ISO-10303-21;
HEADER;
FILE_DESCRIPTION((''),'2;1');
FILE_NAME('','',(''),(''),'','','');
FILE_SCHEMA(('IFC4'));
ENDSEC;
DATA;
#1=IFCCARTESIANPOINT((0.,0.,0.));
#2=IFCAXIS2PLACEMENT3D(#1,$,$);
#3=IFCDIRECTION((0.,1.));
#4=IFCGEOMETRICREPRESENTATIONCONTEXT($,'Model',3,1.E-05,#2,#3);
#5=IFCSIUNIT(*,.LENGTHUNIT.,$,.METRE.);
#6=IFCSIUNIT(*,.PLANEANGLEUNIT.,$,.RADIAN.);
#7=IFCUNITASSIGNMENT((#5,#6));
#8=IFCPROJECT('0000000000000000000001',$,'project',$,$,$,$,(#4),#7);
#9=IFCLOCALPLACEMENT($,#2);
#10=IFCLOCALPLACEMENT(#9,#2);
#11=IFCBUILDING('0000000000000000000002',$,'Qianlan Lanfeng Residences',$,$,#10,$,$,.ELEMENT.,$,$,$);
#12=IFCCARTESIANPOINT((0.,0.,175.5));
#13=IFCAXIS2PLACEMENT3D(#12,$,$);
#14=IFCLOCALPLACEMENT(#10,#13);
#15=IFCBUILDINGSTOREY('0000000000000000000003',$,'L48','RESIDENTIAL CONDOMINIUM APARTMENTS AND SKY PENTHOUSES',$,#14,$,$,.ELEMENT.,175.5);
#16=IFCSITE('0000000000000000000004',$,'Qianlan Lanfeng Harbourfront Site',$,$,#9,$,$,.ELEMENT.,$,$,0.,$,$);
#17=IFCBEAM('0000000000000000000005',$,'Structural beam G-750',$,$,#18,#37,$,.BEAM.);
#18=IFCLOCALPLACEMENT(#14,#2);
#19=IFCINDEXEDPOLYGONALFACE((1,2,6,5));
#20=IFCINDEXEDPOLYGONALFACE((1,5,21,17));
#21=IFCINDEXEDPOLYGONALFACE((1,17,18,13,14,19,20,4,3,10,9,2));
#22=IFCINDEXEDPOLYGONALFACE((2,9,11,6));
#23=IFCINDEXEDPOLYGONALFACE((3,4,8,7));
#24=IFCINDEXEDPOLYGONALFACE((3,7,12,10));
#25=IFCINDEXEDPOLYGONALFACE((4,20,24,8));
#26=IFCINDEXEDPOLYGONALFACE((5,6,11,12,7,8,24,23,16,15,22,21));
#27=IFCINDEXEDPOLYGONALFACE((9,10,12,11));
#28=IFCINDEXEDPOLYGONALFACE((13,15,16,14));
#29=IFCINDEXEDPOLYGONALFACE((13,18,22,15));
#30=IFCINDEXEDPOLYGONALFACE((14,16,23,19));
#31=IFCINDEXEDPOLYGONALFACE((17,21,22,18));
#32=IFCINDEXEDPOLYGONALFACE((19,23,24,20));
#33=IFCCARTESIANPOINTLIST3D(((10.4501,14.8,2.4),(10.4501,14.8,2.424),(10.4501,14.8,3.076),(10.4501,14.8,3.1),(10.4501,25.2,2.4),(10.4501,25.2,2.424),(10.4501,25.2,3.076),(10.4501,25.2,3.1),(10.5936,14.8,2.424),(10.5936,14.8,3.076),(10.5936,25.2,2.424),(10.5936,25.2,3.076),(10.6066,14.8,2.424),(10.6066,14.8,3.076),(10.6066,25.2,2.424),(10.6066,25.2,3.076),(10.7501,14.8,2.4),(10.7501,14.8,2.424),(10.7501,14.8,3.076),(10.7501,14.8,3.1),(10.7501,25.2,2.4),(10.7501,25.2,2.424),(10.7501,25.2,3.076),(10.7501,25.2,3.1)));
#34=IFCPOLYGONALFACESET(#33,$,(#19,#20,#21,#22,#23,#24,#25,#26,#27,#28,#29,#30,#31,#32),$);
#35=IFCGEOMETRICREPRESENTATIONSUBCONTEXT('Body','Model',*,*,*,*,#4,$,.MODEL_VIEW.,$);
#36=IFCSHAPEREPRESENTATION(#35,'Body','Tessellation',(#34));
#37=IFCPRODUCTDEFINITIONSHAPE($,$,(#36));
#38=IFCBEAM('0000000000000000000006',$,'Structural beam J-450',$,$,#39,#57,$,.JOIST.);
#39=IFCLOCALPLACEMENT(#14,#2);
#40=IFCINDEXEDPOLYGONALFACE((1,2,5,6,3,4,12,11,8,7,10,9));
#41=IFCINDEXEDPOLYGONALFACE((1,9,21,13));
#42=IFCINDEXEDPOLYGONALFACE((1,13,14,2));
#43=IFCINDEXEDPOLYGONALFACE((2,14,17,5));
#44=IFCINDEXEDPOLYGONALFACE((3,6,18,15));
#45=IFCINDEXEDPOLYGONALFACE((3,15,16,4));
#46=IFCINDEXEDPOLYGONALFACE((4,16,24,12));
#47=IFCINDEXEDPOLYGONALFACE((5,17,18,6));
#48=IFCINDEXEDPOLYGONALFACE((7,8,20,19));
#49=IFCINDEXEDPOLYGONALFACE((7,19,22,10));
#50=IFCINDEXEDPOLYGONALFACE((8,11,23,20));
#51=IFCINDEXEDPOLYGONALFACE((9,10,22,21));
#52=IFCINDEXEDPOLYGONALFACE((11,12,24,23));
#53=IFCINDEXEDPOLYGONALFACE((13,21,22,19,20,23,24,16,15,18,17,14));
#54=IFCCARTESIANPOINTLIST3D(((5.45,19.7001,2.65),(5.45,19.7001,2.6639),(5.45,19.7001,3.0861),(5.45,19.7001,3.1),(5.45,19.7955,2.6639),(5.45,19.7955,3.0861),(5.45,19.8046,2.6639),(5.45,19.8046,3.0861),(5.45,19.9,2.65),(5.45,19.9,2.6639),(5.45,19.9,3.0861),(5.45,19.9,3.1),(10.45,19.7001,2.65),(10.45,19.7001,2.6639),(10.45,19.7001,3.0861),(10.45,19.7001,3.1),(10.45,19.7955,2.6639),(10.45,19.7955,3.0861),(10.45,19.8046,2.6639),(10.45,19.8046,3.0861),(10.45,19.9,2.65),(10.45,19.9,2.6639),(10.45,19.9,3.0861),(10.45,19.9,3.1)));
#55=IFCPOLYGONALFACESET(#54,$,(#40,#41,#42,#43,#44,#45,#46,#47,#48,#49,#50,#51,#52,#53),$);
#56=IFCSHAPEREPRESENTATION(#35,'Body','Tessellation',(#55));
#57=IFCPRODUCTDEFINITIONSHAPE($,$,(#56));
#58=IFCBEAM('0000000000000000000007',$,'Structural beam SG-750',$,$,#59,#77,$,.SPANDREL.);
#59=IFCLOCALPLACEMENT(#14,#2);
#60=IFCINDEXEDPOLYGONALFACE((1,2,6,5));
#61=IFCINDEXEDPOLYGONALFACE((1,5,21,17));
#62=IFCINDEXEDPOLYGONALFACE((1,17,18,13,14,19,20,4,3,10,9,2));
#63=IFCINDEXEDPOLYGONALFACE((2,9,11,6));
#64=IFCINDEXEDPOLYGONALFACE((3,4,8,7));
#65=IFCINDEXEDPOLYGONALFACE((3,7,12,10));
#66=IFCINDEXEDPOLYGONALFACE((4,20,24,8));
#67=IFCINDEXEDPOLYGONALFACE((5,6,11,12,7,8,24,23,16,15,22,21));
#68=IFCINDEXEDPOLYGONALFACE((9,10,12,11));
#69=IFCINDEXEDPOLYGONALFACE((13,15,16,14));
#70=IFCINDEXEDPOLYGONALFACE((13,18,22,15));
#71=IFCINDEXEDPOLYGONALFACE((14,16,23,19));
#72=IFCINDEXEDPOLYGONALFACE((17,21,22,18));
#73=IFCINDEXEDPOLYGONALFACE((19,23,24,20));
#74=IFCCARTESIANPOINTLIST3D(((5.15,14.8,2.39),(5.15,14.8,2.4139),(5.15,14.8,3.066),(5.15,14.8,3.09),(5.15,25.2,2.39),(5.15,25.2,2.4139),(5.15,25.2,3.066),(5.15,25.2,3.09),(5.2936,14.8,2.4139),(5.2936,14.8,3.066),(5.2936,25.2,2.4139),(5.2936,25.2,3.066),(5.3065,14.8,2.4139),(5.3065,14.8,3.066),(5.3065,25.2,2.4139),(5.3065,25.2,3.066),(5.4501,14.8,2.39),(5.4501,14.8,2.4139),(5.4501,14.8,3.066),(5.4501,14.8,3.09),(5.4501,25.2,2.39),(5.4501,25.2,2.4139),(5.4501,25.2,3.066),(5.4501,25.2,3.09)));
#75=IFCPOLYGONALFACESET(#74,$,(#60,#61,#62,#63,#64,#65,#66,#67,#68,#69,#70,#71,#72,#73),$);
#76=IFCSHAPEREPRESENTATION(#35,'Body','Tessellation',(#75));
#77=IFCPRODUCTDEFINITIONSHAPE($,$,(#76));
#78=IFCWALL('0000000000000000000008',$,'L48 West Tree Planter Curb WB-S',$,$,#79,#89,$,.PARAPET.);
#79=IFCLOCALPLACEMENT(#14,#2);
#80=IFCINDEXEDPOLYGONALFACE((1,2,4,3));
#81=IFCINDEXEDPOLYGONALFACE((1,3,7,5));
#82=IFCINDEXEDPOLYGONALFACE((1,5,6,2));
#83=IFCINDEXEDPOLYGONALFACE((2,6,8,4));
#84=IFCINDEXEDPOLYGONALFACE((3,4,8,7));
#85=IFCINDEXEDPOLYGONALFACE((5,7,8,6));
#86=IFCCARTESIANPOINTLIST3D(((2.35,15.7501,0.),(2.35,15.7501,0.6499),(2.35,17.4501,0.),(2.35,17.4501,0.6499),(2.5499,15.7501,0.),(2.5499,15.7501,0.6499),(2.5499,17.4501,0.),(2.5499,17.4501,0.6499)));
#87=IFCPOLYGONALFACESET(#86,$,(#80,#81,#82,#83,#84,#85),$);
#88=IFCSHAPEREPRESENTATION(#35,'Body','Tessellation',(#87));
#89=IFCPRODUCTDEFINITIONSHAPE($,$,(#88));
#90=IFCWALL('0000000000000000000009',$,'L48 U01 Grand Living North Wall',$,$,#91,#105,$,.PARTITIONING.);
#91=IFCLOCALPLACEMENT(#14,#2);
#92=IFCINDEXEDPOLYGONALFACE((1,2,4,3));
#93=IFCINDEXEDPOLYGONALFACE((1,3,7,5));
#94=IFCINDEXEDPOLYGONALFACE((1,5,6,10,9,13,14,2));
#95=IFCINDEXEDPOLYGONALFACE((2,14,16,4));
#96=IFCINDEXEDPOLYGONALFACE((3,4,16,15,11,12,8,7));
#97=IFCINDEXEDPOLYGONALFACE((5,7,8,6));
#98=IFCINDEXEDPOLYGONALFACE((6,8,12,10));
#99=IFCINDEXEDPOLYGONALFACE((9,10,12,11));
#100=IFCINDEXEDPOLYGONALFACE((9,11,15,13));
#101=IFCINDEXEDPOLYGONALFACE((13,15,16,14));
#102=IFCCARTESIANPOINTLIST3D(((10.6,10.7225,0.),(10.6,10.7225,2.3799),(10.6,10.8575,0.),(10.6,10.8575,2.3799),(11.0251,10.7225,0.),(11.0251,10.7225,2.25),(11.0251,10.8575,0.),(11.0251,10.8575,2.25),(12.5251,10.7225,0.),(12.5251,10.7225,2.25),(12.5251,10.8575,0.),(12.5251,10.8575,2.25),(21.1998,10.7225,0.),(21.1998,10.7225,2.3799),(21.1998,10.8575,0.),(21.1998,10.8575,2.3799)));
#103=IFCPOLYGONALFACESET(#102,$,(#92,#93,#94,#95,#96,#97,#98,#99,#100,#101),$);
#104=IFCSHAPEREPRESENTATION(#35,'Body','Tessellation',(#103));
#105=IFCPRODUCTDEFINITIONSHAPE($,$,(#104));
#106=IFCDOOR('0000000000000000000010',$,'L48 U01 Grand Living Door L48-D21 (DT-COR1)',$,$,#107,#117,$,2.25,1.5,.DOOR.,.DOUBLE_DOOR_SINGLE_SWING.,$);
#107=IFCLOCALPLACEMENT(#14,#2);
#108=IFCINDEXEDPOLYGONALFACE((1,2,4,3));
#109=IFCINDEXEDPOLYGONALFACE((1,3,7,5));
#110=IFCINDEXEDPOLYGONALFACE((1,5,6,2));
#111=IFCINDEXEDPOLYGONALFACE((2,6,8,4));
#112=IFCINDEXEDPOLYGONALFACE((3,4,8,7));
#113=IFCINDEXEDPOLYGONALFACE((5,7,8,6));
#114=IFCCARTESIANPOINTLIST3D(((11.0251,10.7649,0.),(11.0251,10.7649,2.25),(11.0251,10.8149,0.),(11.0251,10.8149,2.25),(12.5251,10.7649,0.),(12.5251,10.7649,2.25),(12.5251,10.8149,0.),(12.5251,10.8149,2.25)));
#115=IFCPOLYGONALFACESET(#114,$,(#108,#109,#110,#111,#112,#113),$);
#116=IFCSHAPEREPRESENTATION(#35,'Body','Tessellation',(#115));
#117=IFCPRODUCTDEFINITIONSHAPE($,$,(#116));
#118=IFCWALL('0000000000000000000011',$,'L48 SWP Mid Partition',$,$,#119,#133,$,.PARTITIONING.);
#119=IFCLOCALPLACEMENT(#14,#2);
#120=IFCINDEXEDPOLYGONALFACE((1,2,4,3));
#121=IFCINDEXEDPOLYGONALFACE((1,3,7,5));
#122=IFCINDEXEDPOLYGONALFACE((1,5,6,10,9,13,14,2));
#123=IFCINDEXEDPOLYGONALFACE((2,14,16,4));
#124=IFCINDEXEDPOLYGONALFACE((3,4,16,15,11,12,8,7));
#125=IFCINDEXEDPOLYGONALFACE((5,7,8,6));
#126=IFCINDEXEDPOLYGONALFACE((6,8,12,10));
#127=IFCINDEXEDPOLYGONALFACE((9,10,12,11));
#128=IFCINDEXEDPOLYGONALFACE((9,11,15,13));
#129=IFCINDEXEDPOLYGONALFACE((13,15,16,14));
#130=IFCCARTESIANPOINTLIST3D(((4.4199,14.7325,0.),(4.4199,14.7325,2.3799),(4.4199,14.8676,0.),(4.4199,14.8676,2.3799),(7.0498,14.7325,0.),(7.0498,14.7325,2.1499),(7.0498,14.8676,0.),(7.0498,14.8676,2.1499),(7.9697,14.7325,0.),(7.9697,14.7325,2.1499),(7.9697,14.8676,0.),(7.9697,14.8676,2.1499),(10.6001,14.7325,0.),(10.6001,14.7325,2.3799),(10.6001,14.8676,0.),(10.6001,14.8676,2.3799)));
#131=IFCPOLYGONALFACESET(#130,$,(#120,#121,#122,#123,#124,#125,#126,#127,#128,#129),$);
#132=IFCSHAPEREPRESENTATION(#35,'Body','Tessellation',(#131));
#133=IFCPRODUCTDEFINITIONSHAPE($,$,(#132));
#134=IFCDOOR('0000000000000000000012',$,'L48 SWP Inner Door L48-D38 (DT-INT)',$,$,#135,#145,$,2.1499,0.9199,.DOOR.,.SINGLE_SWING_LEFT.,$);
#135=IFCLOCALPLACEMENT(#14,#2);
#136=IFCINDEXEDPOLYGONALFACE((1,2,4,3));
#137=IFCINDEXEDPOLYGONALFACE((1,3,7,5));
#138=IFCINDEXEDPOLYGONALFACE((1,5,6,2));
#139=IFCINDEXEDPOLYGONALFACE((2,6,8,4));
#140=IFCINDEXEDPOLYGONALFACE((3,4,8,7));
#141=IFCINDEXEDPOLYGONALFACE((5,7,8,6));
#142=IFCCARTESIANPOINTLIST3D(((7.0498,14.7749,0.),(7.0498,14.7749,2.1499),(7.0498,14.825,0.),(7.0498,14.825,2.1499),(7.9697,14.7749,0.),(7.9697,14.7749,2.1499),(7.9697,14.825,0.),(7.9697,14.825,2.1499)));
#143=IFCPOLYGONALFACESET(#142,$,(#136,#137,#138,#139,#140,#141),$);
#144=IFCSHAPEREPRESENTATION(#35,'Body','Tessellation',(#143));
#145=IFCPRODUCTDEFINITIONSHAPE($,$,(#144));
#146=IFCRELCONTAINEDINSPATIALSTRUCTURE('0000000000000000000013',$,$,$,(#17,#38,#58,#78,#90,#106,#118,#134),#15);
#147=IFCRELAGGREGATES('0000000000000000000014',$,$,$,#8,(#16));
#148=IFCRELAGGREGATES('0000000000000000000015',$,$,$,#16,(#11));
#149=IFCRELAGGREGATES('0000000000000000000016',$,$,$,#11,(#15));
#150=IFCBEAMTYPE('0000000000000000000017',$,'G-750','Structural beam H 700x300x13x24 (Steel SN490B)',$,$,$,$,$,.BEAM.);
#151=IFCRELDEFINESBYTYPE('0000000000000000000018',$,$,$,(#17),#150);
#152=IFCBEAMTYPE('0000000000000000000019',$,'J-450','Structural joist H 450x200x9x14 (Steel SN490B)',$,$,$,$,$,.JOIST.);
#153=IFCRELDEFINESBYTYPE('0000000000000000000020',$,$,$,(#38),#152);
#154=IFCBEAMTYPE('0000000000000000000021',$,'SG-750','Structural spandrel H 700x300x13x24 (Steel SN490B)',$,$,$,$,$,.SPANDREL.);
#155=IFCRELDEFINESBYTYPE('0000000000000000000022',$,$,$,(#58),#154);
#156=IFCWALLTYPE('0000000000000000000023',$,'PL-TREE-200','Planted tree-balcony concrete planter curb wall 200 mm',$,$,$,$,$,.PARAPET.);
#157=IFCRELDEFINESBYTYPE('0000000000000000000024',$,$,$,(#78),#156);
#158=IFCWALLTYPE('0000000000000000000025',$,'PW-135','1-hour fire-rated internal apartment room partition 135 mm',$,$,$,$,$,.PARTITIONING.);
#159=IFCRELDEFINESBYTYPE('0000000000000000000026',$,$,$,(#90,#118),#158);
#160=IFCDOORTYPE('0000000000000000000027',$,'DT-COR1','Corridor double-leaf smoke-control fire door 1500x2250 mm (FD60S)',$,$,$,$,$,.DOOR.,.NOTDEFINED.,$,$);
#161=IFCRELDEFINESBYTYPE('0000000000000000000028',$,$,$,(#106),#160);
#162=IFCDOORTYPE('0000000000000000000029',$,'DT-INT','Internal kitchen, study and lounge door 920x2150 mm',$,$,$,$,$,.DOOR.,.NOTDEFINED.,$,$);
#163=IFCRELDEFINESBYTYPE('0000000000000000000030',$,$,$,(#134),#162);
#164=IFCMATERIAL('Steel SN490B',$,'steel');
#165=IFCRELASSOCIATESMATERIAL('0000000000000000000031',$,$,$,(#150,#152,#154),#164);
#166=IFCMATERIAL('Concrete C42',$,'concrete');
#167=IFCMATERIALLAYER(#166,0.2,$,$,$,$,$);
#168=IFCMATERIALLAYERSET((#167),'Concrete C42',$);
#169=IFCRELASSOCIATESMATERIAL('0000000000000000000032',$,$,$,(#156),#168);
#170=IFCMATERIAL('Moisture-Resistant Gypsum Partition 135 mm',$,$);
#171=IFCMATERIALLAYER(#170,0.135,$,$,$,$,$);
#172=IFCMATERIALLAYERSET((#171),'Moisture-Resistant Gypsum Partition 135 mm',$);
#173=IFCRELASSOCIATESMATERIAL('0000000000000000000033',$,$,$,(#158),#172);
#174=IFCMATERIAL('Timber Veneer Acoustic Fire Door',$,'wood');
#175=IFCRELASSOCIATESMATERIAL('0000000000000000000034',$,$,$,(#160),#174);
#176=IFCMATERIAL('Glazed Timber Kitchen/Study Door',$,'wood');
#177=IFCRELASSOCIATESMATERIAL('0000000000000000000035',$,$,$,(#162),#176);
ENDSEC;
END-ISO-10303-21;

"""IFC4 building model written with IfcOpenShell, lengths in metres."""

from ifc_helpers import new_model, si_unit, direction, frame, frame_2d, origin, origin_2d, place, context, subcontext, project, spatial, rectangle, i_section, extrude, material, layer, layer_set, material_profile, profile_set, type_object, element, fill, save


model = new_model("IFC4")

# Units and contexts
model_context = context("Model", 3, precision=1e-05, world=origin(), true_north=direction((0.0, 1.0)))
body_context = subcontext(model_context, "Body", "Model", "MODEL_VIEW")
ifc_project = project(units=[si_unit("LENGTHUNIT", "METRE"), si_unit("PLANEANGLEUNIT", "RADIAN")], contexts=[model_context])

# Site, building, storey
site_placement = place(None, origin())
site = spatial("IfcSite", under=ifc_project, at=site_placement, Name="Qianlan Lanfeng Harbourfront Site", CompositionType="ELEMENT", RefElevation=0.0)
building_placement = place(site_placement, origin())
building = spatial("IfcBuilding", under=site, at=building_placement, Name="Qianlan Lanfeng Residences", CompositionType="ELEMENT")
storey_placement = place(building_placement, frame((0.0, 0.0, 175.5)))
storey = spatial("IfcBuildingStorey", under=building, at=storey_placement, Name="L48", Description="RESIDENTIAL CONDOMINIUM APARTMENTS AND SKY PENTHOUSES", CompositionType="ELEMENT", Elevation=175.5)

# Shared definitions
ifc_material_1 = material(Name="Steel SN490B", Category="steel")

# Beams
ifc_material_profile_1 = material_profile(ifc_material_1, i_section(OverallWidth=0.3, OverallDepth=0.7, WebThickness=0.0129, FlangeThickness=0.0239, at=origin_2d()), Name="H 700x300x13x24")
ifc_profile_set_1 = profile_set([ifc_material_profile_1], Name="Steel SN490B")
beam_type_1 = type_object("IfcBeamType", Name="G-750", Description="Structural beam H 700x300x13x24 (Steel SN490B)", PredefinedType="BEAM", material=ifc_profile_set_1)
beam_1_placement = place(storey_placement, frame((10.6001, 14.8, 2.75), z_axis=(0.0, 1.0, 0.0), x_axis=(-1.0, 0.0, 0.0)))
element("IfcBeam", 1, at=beam_1_placement, inside=storey, type_object=beam_type_1, Name="Structural beam G-750", PredefinedType="BEAM", context=body_context, shape_type="SweptSolid", body=[
    extrude(i_section(OverallWidth=0.3, OverallDepth=0.7, WebThickness=0.0129, FlangeThickness=0.0239, at=origin_2d()), origin(), (0.0, 0.0, 1.0), 10.3999),
])
ifc_material_profile_2 = material_profile(ifc_material_1, i_section(OverallWidth=0.2, OverallDepth=0.45, WebThickness=0.009, FlangeThickness=0.0139, at=origin_2d()), Name="H 450x200x9x14")
ifc_profile_set_2 = profile_set([ifc_material_profile_2], Name="Steel SN490B")
beam_type_2 = type_object("IfcBeamType", Name="J-450", Description="Structural joist H 450x200x9x14 (Steel SN490B)", PredefinedType="JOIST", material=ifc_profile_set_2)
beam_2_placement = place(storey_placement, frame((5.45, 19.8, 2.875), z_axis=(1.0, 0.0, 0.0), x_axis=(0.0, 1.0, 0.0)))
element("IfcBeam", 2, at=beam_2_placement, inside=storey, type_object=beam_type_2, Name="Structural beam J-450", PredefinedType="JOIST", context=body_context, shape_type="SweptSolid", body=[
    extrude(i_section(OverallWidth=0.2, OverallDepth=0.45, WebThickness=0.009, FlangeThickness=0.0139, at=origin_2d()), origin(), (0.0, 0.0, 1.0), 5.0),
])
ifc_material_profile_3 = material_profile(ifc_material_1, i_section(OverallWidth=0.3, OverallDepth=0.7, WebThickness=0.0129, FlangeThickness=0.0239, at=origin_2d()), Name="H 700x300x13x24")
ifc_profile_set_3 = profile_set([ifc_material_profile_3], Name="Steel SN490B")
beam_type_3 = type_object("IfcBeamType", Name="SG-750", Description="Structural spandrel H 700x300x13x24 (Steel SN490B)", PredefinedType="SPANDREL", material=ifc_profile_set_3)
beam_3_placement = place(storey_placement, frame((5.3, 14.8, 2.74), z_axis=(0.0, 1.0, 0.0), x_axis=(-1.0, 0.0, 0.0)))
element("IfcBeam", 3, at=beam_3_placement, inside=storey, type_object=beam_type_3, Name="Structural beam SG-750", PredefinedType="SPANDREL", context=body_context, shape_type="SweptSolid", body=[
    extrude(i_section(OverallWidth=0.3, OverallDepth=0.7, WebThickness=0.0129, FlangeThickness=0.0239, at=origin_2d()), origin(), (0.0, 0.0, 1.0), 10.3999),
])

# Wall
ifc_material_2 = material(Name="Concrete C42", Category="concrete")
ifc_layer_1 = layer(ifc_material_2, 0.2)
ifc_layer_set_1 = layer_set([ifc_layer_1], Name="Concrete C42")
wall_type_1 = type_object("IfcWallType", Name="PL-TREE-200", Description="Planted tree-balcony concrete planter curb wall 200 mm", PredefinedType="PARAPET", material=ifc_layer_set_1)
wall_1_placement = place(storey_placement, frame((2.45, 15.75, 0.0), z_axis=(0.0, 0.0, 1.0), x_axis=(0.0, 1.0, 0.0)))
element("IfcWall", 4, at=wall_1_placement, inside=storey, type_object=wall_type_1, Name="L48 West Tree Planter Curb WB-S", PredefinedType="PARAPET", context=body_context, shape_type="SweptSolid", body=[
    extrude(rectangle(XDim=1.7, YDim=0.2, at=frame_2d((0.8501, 0.0))), origin(), (0.0, 0.0, 1.0), 0.6499),
])

# Walls, openings, doors
ifc_material_3 = material(Name="Moisture-Resistant Gypsum Partition 135 mm")
ifc_layer_2 = layer(ifc_material_3, 0.135)
ifc_layer_set_2 = layer_set([ifc_layer_2], Name="Moisture-Resistant Gypsum Partition 135 mm")
wall_type_2 = type_object("IfcWallType", Name="PW-135", Description="1-hour fire-rated internal apartment room partition 135 mm", PredefinedType="PARTITIONING", material=ifc_layer_set_2)
wall_2_placement = place(storey_placement, frame((10.6001, 10.79, 0.0), z_axis=(0.0, 0.0, 1.0), x_axis=(1.0, 0.0, 0.0)))
wall_2 = element("IfcWall", 5, at=wall_2_placement, inside=storey, type_object=wall_type_2, Name="L48 U01 Grand Living North Wall", PredefinedType="PARTITIONING", context=body_context, shape_type="SweptSolid", body=[
    extrude(rectangle(XDim=10.5999, YDim=0.135, at=frame_2d((5.2998, 0.0))), origin(), (0.0, 0.0, 1.0), 2.3799),
])
opening_1_placement = place(wall_2_placement, frame((0.425, 0.0, 0.0)))
opening_1 = element("IfcOpeningElement", 6, at=opening_1_placement, cuts=wall_2, PredefinedType="OPENING", context=body_context, shape_type="SweptSolid", body=[
    extrude(rectangle(XDim=1.5, YDim=2.25, at=frame_2d((0.75, 1.125))), frame((0.0, 0.0776, 0.0), z_axis=(0.0, -1.0, 0.0), x_axis=(1.0, 0.0, 0.0)), (0.0, 0.0, 1.0), 0.155),
])
ifc_material_4 = material(Name="Timber Veneer Acoustic Fire Door", Category="wood")
door_type_1 = type_object("IfcDoorType", Name="DT-COR1", Description="Corridor double-leaf smoke-control fire door 1500x2250 mm (FD60S)", OperationType="NOTDEFINED", PredefinedType="DOOR", material=ifc_material_4)
door_1_placement = place(opening_1_placement, origin())
door_1 = element("IfcDoor", 7, at=door_1_placement, inside=storey, type_object=door_type_1, Name="L48 U01 Grand Living Door L48-D21 (DT-COR1)", OperationType="DOUBLE_DOOR_SINGLE_SWING", OverallHeight=2.25, OverallWidth=1.5, PredefinedType="DOOR", context=body_context, shape_type="SweptSolid", body=[
    extrude(rectangle(XDim=1.5, YDim=2.25, at=frame_2d((0.75, 1.125))), frame((0.0, 0.0249, 0.0), z_axis=(0.0, -1.0, 0.0), x_axis=(1.0, 0.0, 0.0)), (0.0, 0.0, 1.0), 0.05),
])
fill(opening_1, door_1)
wall_3_placement = place(storey_placement, frame((4.4199, 14.8, 0.0), z_axis=(0.0, 0.0, 1.0), x_axis=(1.0, 0.0, 0.0)))
wall_3 = element("IfcWall", 8, at=wall_3_placement, inside=storey, type_object=wall_type_2, Name="L48 SWP Mid Partition", PredefinedType="PARTITIONING", context=body_context, shape_type="SweptSolid", body=[
    extrude(rectangle(XDim=6.1802, YDim=0.135, at=frame_2d((3.0901, 0.0))), origin(), (0.0, 0.0, 1.0), 2.3799),
])
opening_2_placement = place(wall_3_placement, frame((2.6299, 0.0, 0.0)))
opening_2 = element("IfcOpeningElement", 9, at=opening_2_placement, cuts=wall_3, PredefinedType="OPENING", context=body_context, shape_type="SweptSolid", body=[
    extrude(rectangle(XDim=0.9199, YDim=2.1499, at=frame_2d((0.46, 1.075))), frame((0.0, 0.0776, 0.0), z_axis=(0.0, -1.0, 0.0), x_axis=(1.0, 0.0, 0.0)), (0.0, 0.0, 1.0), 0.155),
])
ifc_material_5 = material(Name="Glazed Timber Kitchen/Study Door", Category="wood")
door_type_2 = type_object("IfcDoorType", Name="DT-INT", Description="Internal kitchen, study and lounge door 920x2150 mm", OperationType="NOTDEFINED", PredefinedType="DOOR", material=ifc_material_5)
door_2_placement = place(opening_2_placement, origin())
door_2 = element("IfcDoor", 10, at=door_2_placement, inside=storey, type_object=door_type_2, Name="L48 SWP Inner Door L48-D38 (DT-INT)", OperationType="SINGLE_SWING_LEFT", OverallHeight=2.1499, OverallWidth=0.9199, PredefinedType="DOOR", context=body_context, shape_type="SweptSolid", body=[
    extrude(rectangle(XDim=0.9199, YDim=2.1499, at=frame_2d((0.46, 1.075))), frame((0.0, 0.0249, 0.0), z_axis=(0.0, -1.0, 0.0), x_axis=(1.0, 0.0, 0.0)), (0.0, 0.0, 1.0), 0.05),
])
fill(opening_2, door_2)

save(model, "model.ifc")
